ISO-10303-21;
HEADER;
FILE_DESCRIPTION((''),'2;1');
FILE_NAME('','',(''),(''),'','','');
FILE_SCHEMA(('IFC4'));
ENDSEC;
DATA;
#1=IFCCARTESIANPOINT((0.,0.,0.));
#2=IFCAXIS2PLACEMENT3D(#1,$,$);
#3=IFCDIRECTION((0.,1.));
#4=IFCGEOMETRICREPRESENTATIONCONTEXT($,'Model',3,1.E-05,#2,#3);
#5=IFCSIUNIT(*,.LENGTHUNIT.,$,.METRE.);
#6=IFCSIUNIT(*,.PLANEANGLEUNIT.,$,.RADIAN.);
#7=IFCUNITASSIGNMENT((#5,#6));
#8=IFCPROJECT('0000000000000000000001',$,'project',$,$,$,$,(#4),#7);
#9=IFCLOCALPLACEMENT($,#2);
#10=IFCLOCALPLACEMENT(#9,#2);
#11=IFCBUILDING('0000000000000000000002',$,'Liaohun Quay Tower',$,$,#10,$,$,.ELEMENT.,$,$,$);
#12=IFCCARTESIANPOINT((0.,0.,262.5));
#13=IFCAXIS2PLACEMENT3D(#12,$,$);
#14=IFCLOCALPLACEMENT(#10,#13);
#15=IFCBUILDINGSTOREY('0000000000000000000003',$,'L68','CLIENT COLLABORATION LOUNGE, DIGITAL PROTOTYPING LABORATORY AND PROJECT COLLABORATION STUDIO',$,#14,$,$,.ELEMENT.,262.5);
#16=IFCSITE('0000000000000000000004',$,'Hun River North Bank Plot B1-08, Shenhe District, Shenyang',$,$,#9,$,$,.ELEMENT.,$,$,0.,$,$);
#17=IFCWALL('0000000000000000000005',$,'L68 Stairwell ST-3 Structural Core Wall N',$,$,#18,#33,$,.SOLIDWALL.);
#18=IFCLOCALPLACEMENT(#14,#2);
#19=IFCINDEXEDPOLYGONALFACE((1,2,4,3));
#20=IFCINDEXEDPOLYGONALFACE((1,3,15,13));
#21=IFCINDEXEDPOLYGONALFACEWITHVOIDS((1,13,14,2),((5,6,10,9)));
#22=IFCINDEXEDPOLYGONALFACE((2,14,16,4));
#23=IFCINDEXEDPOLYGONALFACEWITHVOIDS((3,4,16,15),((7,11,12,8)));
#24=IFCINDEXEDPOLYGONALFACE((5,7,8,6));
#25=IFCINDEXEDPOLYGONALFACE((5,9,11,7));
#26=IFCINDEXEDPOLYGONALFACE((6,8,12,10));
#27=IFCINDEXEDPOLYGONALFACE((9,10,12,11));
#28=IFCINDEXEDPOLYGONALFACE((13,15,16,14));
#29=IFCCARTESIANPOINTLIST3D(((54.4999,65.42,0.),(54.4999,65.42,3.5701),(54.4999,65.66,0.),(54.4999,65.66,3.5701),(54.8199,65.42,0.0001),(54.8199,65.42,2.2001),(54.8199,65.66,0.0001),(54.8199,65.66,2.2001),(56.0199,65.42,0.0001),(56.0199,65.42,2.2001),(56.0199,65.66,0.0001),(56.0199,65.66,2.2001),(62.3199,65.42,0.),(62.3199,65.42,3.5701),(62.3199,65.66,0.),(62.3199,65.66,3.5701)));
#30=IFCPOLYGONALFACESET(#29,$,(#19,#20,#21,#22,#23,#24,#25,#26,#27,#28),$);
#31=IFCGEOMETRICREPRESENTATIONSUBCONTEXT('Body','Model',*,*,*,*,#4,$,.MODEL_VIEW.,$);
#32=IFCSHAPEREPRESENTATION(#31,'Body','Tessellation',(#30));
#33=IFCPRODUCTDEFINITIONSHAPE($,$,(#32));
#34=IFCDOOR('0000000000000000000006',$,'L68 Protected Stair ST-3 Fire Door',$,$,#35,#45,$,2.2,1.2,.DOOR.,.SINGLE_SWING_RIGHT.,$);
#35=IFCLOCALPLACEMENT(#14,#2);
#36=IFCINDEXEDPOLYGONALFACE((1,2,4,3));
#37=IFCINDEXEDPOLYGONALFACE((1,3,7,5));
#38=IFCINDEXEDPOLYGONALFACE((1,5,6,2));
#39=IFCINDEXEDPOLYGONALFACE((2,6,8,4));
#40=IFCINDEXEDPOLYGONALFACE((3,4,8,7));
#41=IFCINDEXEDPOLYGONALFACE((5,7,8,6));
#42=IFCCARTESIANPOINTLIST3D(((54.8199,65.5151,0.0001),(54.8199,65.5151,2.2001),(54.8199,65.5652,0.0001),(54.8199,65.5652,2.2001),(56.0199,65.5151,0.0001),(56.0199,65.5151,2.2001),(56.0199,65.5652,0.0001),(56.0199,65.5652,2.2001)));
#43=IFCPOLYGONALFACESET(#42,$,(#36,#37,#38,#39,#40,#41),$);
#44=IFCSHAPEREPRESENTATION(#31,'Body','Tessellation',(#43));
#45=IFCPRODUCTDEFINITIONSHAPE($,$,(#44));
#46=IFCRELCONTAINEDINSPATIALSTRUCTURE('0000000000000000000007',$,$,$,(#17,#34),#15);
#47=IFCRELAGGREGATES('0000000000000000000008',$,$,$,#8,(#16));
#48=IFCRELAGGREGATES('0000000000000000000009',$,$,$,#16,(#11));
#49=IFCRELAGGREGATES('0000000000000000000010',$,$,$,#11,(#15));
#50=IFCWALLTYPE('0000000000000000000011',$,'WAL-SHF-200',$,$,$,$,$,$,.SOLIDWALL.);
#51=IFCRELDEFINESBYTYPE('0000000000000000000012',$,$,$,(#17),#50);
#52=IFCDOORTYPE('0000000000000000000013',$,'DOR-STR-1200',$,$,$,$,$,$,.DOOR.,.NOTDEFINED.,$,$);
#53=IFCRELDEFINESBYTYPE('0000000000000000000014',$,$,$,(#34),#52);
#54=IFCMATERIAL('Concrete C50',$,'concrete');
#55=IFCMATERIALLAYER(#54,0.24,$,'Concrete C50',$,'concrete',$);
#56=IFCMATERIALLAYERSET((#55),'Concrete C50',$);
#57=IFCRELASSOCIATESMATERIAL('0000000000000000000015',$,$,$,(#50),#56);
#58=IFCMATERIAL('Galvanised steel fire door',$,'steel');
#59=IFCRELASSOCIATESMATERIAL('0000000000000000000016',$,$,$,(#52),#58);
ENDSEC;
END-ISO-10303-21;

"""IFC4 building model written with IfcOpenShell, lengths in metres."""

from ifc_helpers import new_model, si_unit, direction, frame, frame_2d, origin, place, context, subcontext, project, spatial, rectangle, extrude, source, transform, mapped, material, layer, layer_set, type_object, element, fill, save


model = new_model("IFC4")

# Units and contexts
model_context = context("Model", 3, precision=1e-05, world=origin(), true_north=direction((0.0, 1.0)))
body_context = subcontext(model_context, "Body", "Model", "MODEL_VIEW")
ifc_project = project(units=[si_unit("LENGTHUNIT", "METRE"), si_unit("PLANEANGLEUNIT", "RADIAN")], contexts=[model_context])

# Site, building, storey
site_placement = place(None, origin())
site = spatial("IfcSite", under=ifc_project, at=site_placement, Name="Hun River North Bank Plot B1-08, Shenhe District, Shenyang", CompositionType="ELEMENT", RefElevation=0.0)
building_placement = place(site_placement, origin())
building = spatial("IfcBuilding", under=site, at=building_placement, Name="Liaohun Quay Tower", CompositionType="ELEMENT")
storey_placement = place(building_placement, frame((0.0, 0.0, 262.5)))
storey = spatial("IfcBuildingStorey", under=building, at=storey_placement, Name="L68", Description="CLIENT COLLABORATION LOUNGE, DIGITAL PROTOTYPING LABORATORY AND PROJECT COLLABORATION STUDIO", CompositionType="ELEMENT", Elevation=262.5)

# Shared definitions
ifc_material_1 = material(Name="Concrete C50", Category="concrete")
ifc_layer_1 = layer(ifc_material_1, 0.24, Name="Concrete C50", Category="concrete")
ifc_layer_set_1 = layer_set([ifc_layer_1], Name="Concrete C50")
wall_type_1 = type_object("IfcWallType", Name="WAL-SHF-200", PredefinedType="SOLIDWALL", material=ifc_layer_set_1)

# Wall, opening, door
wall_1_placement = place(storey_placement, frame((62.3201, 65.54, 0.0), z_axis=(0.0, 0.0, 1.0), x_axis=(-1.0, 0.0, 0.0)))
wall_1 = element("IfcWall", 1, at=wall_1_placement, inside=storey, type_object=wall_type_1, Name="L68 Stairwell ST-3 Structural Core Wall N", PredefinedType="SOLIDWALL", context=body_context, shape_type="SweptSolid", body=[
    extrude(rectangle(XDim=7.8201, YDim=0.24, at=frame_2d((3.9102, 0.0))), origin(), (0.0, 0.0, 1.0), 3.5701),
])
shared_shape_1 = source(origin(), body_context, "Body", "SweptSolid", [
    extrude(rectangle(XDim=1.2, YDim=2.2, at=frame_2d((0.6001, 1.1001))), frame((0.0, 0.1299, 0.0), z_axis=(0.0, -1.0, 0.0), x_axis=(1.0, 0.0, 0.0)), (0.0, 0.0, 1.0), 0.26),
])
opening_1_placement = place(wall_1_placement, frame((6.3, 0.0, 0.0)))
opening_1 = element("IfcOpeningElement", 2, at=opening_1_placement, cuts=wall_1, PredefinedType="OPENING", context=body_context, shape_type="MappedRepresentation", body=[
    mapped(shared_shape_1, transform((0.0, 0.0, 0.0), x_axis=(1.0, 0.0, 0.0), y_axis=(0.0, 1.0, 0.0), z_axis=(0.0, 0.0, 1.0), scale=1.0)),
])
ifc_material_2 = material(Name="Galvanised steel fire door", Category="steel")
door_type_1 = type_object("IfcDoorType", Name="DOR-STR-1200", OperationType="NOTDEFINED", PredefinedType="DOOR", material=ifc_material_2)
shared_shape_2 = source(origin(), body_context, "Body", "SweptSolid", [
    extrude(rectangle(XDim=1.2, YDim=2.2, at=frame_2d((0.6001, 1.1001))), frame((0.0, 0.0249, 0.0), z_axis=(0.0, -1.0, 0.0), x_axis=(1.0, 0.0, 0.0)), (0.0, 0.0, 1.0), 0.05),
])
door_1_placement = place(opening_1_placement, origin())
door_1 = element("IfcDoor", 3, at=door_1_placement, inside=storey, type_object=door_type_1, Name="L68 Protected Stair ST-3 Fire Door", OperationType="SINGLE_SWING_RIGHT", OverallHeight=2.2, OverallWidth=1.2, PredefinedType="DOOR", context=body_context, shape_type="MappedRepresentation", body=[
    mapped(shared_shape_2, transform((0.0, 0.0, 0.0), x_axis=(1.0, 0.0, 0.0), y_axis=(0.0, 1.0, 0.0), z_axis=(0.0, 0.0, 1.0), scale=1.0)),
])
fill(opening_1, door_1)

save(model, "model.ifc")
